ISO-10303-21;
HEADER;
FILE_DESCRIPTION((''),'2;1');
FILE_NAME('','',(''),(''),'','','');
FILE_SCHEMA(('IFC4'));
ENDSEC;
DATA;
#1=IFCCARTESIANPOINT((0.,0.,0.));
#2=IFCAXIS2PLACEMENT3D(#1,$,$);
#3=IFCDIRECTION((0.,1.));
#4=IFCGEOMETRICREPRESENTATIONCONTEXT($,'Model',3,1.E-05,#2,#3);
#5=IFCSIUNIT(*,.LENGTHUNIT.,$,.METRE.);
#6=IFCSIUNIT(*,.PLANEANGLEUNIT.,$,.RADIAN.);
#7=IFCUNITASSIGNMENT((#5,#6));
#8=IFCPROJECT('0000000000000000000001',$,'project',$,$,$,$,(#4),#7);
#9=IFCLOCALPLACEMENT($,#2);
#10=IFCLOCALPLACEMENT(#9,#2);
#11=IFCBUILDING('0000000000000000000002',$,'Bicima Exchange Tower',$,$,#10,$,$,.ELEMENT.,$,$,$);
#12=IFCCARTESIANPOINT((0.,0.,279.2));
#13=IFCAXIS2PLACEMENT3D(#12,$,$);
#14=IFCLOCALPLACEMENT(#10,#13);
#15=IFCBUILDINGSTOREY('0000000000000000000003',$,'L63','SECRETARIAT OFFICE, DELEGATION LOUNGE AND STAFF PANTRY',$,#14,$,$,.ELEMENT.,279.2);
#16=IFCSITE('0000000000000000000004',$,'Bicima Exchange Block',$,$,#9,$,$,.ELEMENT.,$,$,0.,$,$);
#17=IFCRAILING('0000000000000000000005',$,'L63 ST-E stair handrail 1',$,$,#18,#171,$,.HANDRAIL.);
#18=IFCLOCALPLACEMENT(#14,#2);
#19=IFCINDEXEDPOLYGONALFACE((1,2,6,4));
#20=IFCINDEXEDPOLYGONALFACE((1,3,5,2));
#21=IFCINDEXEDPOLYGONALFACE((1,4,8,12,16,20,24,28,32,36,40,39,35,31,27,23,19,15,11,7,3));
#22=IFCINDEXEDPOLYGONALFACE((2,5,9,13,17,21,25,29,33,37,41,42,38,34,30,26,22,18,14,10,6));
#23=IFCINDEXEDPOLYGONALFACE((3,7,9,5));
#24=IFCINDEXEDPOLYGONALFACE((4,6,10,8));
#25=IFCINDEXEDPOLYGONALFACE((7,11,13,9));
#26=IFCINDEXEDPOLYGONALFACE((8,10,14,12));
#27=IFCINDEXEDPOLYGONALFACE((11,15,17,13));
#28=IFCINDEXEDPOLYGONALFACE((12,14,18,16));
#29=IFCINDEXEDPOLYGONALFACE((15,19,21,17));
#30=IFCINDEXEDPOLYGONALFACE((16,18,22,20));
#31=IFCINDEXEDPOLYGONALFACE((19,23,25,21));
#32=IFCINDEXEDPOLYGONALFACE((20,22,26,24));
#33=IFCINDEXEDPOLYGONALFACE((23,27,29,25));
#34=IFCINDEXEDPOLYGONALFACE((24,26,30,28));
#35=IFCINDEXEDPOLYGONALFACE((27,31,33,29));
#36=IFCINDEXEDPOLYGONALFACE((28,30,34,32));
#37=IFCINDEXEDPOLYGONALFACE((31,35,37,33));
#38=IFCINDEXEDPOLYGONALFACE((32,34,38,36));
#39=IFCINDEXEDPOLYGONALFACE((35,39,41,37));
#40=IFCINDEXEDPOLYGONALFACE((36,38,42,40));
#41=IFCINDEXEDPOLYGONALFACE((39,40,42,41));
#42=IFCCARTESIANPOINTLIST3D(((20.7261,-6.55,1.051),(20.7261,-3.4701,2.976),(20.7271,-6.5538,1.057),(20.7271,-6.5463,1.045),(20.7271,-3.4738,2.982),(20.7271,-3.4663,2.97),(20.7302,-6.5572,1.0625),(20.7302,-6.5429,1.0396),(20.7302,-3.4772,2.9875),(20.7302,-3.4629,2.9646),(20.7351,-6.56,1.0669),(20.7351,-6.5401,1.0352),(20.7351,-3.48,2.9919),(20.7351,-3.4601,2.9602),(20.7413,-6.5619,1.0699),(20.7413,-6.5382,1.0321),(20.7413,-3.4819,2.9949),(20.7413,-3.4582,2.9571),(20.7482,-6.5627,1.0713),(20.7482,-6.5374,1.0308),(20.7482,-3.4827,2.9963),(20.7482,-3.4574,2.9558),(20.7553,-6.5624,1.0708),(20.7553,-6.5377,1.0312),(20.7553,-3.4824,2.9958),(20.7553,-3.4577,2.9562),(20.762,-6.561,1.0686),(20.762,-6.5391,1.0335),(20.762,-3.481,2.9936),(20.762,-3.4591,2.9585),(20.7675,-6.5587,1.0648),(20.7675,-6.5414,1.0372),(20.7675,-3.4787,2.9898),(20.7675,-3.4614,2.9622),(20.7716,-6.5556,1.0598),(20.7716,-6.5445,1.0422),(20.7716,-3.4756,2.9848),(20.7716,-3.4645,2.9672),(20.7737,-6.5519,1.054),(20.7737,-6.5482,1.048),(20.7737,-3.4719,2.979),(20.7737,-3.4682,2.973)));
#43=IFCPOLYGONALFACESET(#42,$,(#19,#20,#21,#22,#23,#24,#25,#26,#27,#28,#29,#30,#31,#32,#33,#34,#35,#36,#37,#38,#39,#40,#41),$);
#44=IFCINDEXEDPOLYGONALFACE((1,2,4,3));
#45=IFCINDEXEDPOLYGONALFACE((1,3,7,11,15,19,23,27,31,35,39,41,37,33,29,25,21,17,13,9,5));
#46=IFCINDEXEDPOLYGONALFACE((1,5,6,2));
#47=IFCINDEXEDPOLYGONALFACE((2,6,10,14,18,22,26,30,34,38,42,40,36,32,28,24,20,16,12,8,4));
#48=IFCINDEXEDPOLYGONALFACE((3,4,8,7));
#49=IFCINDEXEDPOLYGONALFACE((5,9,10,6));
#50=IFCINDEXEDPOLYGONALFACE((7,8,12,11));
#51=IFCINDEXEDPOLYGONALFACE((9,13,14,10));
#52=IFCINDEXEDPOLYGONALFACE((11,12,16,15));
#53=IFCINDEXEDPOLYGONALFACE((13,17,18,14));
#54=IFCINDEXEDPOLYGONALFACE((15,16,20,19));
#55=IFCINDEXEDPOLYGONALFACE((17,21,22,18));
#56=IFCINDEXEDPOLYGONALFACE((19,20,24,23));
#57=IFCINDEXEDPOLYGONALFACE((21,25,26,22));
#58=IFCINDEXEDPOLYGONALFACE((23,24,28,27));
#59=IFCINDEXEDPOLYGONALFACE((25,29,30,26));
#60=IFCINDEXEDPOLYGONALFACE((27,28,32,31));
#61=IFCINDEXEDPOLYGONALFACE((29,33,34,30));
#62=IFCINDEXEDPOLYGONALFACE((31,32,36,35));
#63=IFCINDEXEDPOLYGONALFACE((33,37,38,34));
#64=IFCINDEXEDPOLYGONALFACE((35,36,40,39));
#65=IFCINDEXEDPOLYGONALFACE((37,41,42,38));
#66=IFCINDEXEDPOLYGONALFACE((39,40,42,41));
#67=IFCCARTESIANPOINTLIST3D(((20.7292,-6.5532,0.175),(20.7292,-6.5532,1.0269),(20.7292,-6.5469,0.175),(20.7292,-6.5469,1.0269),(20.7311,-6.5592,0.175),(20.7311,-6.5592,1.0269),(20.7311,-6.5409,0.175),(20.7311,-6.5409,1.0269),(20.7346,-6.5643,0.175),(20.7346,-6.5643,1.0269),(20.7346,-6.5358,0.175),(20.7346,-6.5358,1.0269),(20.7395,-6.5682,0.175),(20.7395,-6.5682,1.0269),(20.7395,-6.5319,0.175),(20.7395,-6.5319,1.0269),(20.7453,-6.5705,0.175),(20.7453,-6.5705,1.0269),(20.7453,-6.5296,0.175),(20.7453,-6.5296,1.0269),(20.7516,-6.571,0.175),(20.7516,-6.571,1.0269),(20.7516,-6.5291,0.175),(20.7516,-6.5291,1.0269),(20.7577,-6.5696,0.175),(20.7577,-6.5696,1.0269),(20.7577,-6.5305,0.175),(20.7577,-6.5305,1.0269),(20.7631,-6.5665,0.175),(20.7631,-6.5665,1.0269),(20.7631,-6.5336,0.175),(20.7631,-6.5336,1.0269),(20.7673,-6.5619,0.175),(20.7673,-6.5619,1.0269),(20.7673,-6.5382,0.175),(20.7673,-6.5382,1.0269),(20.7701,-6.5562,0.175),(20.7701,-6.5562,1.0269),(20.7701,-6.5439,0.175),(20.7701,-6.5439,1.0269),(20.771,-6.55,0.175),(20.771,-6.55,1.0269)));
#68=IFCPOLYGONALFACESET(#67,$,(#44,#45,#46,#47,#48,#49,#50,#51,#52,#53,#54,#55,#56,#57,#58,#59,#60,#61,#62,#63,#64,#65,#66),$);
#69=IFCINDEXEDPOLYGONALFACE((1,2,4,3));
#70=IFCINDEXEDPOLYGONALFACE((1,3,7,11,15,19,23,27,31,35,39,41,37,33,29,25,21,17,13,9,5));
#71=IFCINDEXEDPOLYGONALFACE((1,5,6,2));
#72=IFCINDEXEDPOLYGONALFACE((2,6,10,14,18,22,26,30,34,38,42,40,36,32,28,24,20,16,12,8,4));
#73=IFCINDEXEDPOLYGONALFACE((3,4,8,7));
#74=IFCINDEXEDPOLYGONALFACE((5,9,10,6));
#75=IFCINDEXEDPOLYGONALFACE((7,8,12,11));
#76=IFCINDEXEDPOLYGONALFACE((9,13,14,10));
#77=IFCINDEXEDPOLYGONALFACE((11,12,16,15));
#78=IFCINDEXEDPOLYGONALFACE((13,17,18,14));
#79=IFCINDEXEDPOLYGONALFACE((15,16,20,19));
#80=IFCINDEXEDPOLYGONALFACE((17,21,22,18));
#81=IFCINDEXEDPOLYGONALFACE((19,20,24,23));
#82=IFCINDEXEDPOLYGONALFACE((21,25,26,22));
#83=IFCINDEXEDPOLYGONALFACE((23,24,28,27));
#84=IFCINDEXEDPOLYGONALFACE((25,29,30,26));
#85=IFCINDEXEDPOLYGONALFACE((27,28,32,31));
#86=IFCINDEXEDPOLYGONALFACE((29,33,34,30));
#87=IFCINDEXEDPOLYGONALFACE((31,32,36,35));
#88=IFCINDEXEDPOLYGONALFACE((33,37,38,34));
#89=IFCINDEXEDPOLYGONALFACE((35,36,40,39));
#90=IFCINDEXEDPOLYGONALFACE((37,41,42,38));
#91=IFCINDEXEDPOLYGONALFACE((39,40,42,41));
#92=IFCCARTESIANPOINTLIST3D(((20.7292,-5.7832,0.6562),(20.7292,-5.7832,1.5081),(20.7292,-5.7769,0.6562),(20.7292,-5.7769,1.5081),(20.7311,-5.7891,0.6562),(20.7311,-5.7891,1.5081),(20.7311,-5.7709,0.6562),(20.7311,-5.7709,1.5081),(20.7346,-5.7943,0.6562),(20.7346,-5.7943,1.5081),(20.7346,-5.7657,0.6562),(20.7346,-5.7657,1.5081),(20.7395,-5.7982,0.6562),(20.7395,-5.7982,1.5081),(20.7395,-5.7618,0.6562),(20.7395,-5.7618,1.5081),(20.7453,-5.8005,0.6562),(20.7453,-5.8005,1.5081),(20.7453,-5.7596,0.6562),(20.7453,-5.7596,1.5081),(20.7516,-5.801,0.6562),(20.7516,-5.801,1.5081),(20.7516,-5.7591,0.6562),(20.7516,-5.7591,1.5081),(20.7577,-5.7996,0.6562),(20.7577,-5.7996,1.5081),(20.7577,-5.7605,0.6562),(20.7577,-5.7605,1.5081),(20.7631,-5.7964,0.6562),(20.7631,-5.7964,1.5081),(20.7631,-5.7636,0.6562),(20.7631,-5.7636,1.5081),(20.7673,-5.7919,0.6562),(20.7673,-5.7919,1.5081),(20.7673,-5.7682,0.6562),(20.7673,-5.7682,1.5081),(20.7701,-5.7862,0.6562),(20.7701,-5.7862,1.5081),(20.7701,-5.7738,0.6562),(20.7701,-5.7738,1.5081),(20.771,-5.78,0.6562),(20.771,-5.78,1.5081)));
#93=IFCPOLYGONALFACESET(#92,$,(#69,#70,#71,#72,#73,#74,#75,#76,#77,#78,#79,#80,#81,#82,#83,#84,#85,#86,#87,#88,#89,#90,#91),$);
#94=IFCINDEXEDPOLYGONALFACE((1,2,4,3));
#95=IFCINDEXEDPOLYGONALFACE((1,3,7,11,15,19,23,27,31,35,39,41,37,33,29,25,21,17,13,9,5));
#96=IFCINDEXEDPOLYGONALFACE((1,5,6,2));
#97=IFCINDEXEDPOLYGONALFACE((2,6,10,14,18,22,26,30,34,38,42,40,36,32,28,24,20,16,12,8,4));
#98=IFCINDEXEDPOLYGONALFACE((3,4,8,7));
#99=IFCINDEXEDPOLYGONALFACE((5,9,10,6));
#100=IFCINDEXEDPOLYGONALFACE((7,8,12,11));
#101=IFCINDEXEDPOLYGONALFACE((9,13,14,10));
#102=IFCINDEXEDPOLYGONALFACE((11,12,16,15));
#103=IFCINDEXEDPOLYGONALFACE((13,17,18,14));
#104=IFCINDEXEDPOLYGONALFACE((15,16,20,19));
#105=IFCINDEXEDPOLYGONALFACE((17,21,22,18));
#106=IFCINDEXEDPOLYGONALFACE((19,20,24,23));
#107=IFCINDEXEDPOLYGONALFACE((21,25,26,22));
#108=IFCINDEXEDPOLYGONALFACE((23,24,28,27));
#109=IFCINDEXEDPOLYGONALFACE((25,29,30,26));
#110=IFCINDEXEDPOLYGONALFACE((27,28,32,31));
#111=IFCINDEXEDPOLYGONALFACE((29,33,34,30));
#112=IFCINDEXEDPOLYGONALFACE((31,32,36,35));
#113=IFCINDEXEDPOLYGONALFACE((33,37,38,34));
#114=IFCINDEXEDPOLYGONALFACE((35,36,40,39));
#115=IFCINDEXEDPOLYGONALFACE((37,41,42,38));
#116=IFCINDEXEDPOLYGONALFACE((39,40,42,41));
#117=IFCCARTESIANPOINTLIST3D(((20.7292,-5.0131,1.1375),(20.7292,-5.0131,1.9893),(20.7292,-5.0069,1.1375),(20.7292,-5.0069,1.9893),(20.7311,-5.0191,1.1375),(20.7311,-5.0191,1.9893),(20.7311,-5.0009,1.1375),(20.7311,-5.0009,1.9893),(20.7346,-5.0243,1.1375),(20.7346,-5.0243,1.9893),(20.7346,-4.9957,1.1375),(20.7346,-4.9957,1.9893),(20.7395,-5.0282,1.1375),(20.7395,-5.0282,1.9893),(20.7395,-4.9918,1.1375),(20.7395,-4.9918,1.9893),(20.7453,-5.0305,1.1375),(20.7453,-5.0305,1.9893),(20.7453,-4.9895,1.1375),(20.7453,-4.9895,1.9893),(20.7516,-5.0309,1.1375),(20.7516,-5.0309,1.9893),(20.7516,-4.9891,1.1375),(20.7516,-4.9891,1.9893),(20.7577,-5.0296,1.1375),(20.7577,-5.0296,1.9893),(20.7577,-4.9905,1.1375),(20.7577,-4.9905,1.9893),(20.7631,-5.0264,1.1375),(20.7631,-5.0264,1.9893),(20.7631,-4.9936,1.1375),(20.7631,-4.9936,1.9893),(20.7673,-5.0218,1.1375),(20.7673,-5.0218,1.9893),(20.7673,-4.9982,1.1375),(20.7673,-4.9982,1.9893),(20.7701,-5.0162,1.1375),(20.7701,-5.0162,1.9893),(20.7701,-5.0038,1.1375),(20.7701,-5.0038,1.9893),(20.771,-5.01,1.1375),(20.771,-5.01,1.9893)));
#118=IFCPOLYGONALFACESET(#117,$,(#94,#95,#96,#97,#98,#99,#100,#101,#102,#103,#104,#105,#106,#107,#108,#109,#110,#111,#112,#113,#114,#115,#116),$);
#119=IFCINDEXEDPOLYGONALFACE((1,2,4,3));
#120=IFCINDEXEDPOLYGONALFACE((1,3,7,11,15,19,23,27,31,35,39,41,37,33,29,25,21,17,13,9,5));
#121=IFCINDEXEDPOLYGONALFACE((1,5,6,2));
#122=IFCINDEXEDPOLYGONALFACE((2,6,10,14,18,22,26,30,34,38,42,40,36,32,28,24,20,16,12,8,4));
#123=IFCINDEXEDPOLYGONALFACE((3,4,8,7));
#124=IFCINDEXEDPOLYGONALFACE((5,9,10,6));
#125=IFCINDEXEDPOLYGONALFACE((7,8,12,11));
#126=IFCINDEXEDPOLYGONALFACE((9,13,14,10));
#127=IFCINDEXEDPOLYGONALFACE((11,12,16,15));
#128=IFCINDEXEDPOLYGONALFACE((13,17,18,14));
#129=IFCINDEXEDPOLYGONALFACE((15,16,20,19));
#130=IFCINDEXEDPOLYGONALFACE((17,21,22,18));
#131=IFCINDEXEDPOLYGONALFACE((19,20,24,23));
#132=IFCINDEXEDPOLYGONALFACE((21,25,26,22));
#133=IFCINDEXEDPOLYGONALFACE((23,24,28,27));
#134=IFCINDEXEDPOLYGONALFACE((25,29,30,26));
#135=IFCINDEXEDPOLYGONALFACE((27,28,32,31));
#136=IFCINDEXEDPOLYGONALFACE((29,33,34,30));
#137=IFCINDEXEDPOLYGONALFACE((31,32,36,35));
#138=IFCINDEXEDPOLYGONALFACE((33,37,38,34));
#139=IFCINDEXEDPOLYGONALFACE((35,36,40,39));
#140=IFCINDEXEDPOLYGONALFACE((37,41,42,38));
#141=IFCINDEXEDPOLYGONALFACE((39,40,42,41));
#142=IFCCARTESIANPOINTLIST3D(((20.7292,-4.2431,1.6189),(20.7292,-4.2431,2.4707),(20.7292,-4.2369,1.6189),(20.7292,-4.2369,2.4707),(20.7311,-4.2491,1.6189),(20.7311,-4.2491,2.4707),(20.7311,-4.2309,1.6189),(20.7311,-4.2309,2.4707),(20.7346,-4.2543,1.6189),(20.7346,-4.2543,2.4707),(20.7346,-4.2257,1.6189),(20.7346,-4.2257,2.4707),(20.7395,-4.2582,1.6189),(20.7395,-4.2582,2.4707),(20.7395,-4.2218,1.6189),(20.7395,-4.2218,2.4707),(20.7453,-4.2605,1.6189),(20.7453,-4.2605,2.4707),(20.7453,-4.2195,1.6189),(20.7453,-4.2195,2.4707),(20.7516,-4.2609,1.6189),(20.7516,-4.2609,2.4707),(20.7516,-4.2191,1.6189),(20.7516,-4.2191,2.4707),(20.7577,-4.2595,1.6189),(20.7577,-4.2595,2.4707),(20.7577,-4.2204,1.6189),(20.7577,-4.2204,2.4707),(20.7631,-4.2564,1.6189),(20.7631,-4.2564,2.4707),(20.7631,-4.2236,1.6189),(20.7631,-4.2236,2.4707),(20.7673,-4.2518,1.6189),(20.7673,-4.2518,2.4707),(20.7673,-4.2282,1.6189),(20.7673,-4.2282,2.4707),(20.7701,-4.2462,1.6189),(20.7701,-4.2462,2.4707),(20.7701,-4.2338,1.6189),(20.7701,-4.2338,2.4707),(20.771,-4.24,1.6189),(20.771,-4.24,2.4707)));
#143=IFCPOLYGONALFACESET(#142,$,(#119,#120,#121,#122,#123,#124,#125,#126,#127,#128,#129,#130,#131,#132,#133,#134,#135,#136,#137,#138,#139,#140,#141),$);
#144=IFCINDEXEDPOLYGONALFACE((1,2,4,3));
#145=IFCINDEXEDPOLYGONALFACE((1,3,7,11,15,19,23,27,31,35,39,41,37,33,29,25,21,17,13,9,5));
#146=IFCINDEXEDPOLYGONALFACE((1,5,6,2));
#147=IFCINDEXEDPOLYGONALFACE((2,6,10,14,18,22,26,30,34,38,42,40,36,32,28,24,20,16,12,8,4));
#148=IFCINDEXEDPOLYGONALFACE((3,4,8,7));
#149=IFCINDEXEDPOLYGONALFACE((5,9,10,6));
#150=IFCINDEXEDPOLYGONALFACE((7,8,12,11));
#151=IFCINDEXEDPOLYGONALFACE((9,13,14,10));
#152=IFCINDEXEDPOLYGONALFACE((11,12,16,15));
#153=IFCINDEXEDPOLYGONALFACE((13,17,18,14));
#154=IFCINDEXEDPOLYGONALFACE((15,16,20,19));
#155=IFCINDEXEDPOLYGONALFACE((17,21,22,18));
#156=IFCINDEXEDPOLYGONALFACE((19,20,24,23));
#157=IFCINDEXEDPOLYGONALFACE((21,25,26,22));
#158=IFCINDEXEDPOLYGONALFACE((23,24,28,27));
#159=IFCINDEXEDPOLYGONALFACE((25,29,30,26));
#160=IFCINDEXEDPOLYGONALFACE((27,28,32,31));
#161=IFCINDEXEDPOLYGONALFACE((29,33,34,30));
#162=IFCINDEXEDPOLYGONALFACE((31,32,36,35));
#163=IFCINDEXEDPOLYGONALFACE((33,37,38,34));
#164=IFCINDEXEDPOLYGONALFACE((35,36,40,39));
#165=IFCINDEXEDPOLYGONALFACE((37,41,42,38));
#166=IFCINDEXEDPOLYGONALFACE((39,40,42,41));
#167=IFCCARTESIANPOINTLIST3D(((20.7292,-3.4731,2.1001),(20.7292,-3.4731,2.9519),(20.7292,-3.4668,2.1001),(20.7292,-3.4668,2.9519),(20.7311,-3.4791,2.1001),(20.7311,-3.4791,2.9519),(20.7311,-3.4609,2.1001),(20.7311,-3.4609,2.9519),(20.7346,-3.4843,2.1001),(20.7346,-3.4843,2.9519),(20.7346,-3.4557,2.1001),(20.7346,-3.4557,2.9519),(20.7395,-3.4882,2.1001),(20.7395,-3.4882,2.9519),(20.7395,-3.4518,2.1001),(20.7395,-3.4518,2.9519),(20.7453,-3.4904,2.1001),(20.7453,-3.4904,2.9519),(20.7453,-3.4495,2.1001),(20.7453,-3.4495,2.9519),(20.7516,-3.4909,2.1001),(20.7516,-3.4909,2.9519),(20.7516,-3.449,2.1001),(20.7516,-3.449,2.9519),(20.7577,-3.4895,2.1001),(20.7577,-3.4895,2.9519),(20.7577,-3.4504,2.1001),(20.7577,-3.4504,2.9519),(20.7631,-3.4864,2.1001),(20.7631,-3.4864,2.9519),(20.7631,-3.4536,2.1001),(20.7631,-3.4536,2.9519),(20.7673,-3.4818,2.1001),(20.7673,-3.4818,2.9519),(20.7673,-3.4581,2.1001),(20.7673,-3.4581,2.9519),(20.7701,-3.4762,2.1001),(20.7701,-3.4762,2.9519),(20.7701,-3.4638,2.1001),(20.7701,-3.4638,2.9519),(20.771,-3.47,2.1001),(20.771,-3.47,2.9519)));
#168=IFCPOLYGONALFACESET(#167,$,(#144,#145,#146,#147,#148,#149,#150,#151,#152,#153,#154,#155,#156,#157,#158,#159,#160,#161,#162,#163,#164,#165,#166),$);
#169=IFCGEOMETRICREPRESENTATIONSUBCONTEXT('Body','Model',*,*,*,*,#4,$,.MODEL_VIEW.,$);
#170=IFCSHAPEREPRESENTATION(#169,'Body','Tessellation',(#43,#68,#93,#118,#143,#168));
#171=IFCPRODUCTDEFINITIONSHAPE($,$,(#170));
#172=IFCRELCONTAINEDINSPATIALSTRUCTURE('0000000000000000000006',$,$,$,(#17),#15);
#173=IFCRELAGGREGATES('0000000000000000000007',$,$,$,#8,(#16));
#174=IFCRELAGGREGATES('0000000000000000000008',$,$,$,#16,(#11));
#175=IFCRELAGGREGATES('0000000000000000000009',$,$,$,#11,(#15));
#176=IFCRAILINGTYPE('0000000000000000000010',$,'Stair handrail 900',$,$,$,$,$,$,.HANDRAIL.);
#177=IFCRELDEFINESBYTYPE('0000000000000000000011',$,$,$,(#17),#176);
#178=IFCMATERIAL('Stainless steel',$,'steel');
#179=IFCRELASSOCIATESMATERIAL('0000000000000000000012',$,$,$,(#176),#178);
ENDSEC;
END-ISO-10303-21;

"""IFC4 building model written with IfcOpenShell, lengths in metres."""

from ifc_helpers import new_model, si_unit, direction, frame, origin, origin_2d, place, context, subcontext, project, spatial, circle, extrude, material, type_object, element, save


model = new_model("IFC4")

# Units and contexts
model_context = context("Model", 3, precision=1e-05, world=origin(), true_north=direction((0.0, 1.0)))
body_context = subcontext(model_context, "Body", "Model", "MODEL_VIEW")
ifc_project = project(units=[si_unit("LENGTHUNIT", "METRE"), si_unit("PLANEANGLEUNIT", "RADIAN")], contexts=[model_context])

# Site, building, storey
site_placement = place(None, origin())
site = spatial("IfcSite", under=ifc_project, at=site_placement, Name="Bicima Exchange Block", CompositionType="ELEMENT", RefElevation=0.0)
building_placement = place(site_placement, origin())
building = spatial("IfcBuilding", under=site, at=building_placement, Name="Bicima Exchange Tower", CompositionType="ELEMENT")
storey_placement = place(building_placement, frame((0.0, 0.0, 279.2)))
storey = spatial("IfcBuildingStorey", under=building, at=storey_placement, Name="L63", Description="SECRETARIAT OFFICE, DELEGATION LOUNGE AND STAFF PANTRY", CompositionType="ELEMENT", Elevation=279.2)

# Railing
ifc_material_1 = material(Name="Stainless steel", Category="steel")
railing_type_1 = type_object("IfcRailingType", Name="Stair handrail 900", PredefinedType="HANDRAIL", material=ifc_material_1)
railing_1_placement = place(storey_placement, frame((20.75, -6.55, 0.175)))
element("IfcRailing", 1, at=railing_1_placement, inside=storey, type_object=railing_type_1, Name="L63 ST-E stair handrail 1", PredefinedType="HANDRAIL", context=body_context, shape_type="SweptSolid", body=[
    extrude(circle(Radius=0.0239, at=origin_2d()), frame((0.0, 0.0, 0.876), z_axis=(0.0, 0.847998, 0.529999), x_axis=(-1.0, 0.0, 0.0)), (0.0, 0.0, 1.0), 3.6321),
    extrude(circle(Radius=0.021, at=origin_2d()), origin(), (0.0, 0.0, 1.0), 0.8518),
    extrude(circle(Radius=0.021, at=origin_2d()), frame((0.0, 0.77, 0.4812)), (0.0, 0.0, 1.0), 0.8518),
    extrude(circle(Radius=0.021, at=origin_2d()), frame((0.0, 1.54, 0.9624)), (0.0, 0.0, 1.0), 0.8518),
    extrude(circle(Radius=0.021, at=origin_2d()), frame((0.0, 2.3101, 1.4438)), (0.0, 0.0, 1.0), 0.8518),
    extrude(circle(Radius=0.021, at=origin_2d()), frame((0.0, 3.0801, 1.925)), (0.0, 0.0, 1.0), 0.8518),
])

save(model, "model.ifc")
